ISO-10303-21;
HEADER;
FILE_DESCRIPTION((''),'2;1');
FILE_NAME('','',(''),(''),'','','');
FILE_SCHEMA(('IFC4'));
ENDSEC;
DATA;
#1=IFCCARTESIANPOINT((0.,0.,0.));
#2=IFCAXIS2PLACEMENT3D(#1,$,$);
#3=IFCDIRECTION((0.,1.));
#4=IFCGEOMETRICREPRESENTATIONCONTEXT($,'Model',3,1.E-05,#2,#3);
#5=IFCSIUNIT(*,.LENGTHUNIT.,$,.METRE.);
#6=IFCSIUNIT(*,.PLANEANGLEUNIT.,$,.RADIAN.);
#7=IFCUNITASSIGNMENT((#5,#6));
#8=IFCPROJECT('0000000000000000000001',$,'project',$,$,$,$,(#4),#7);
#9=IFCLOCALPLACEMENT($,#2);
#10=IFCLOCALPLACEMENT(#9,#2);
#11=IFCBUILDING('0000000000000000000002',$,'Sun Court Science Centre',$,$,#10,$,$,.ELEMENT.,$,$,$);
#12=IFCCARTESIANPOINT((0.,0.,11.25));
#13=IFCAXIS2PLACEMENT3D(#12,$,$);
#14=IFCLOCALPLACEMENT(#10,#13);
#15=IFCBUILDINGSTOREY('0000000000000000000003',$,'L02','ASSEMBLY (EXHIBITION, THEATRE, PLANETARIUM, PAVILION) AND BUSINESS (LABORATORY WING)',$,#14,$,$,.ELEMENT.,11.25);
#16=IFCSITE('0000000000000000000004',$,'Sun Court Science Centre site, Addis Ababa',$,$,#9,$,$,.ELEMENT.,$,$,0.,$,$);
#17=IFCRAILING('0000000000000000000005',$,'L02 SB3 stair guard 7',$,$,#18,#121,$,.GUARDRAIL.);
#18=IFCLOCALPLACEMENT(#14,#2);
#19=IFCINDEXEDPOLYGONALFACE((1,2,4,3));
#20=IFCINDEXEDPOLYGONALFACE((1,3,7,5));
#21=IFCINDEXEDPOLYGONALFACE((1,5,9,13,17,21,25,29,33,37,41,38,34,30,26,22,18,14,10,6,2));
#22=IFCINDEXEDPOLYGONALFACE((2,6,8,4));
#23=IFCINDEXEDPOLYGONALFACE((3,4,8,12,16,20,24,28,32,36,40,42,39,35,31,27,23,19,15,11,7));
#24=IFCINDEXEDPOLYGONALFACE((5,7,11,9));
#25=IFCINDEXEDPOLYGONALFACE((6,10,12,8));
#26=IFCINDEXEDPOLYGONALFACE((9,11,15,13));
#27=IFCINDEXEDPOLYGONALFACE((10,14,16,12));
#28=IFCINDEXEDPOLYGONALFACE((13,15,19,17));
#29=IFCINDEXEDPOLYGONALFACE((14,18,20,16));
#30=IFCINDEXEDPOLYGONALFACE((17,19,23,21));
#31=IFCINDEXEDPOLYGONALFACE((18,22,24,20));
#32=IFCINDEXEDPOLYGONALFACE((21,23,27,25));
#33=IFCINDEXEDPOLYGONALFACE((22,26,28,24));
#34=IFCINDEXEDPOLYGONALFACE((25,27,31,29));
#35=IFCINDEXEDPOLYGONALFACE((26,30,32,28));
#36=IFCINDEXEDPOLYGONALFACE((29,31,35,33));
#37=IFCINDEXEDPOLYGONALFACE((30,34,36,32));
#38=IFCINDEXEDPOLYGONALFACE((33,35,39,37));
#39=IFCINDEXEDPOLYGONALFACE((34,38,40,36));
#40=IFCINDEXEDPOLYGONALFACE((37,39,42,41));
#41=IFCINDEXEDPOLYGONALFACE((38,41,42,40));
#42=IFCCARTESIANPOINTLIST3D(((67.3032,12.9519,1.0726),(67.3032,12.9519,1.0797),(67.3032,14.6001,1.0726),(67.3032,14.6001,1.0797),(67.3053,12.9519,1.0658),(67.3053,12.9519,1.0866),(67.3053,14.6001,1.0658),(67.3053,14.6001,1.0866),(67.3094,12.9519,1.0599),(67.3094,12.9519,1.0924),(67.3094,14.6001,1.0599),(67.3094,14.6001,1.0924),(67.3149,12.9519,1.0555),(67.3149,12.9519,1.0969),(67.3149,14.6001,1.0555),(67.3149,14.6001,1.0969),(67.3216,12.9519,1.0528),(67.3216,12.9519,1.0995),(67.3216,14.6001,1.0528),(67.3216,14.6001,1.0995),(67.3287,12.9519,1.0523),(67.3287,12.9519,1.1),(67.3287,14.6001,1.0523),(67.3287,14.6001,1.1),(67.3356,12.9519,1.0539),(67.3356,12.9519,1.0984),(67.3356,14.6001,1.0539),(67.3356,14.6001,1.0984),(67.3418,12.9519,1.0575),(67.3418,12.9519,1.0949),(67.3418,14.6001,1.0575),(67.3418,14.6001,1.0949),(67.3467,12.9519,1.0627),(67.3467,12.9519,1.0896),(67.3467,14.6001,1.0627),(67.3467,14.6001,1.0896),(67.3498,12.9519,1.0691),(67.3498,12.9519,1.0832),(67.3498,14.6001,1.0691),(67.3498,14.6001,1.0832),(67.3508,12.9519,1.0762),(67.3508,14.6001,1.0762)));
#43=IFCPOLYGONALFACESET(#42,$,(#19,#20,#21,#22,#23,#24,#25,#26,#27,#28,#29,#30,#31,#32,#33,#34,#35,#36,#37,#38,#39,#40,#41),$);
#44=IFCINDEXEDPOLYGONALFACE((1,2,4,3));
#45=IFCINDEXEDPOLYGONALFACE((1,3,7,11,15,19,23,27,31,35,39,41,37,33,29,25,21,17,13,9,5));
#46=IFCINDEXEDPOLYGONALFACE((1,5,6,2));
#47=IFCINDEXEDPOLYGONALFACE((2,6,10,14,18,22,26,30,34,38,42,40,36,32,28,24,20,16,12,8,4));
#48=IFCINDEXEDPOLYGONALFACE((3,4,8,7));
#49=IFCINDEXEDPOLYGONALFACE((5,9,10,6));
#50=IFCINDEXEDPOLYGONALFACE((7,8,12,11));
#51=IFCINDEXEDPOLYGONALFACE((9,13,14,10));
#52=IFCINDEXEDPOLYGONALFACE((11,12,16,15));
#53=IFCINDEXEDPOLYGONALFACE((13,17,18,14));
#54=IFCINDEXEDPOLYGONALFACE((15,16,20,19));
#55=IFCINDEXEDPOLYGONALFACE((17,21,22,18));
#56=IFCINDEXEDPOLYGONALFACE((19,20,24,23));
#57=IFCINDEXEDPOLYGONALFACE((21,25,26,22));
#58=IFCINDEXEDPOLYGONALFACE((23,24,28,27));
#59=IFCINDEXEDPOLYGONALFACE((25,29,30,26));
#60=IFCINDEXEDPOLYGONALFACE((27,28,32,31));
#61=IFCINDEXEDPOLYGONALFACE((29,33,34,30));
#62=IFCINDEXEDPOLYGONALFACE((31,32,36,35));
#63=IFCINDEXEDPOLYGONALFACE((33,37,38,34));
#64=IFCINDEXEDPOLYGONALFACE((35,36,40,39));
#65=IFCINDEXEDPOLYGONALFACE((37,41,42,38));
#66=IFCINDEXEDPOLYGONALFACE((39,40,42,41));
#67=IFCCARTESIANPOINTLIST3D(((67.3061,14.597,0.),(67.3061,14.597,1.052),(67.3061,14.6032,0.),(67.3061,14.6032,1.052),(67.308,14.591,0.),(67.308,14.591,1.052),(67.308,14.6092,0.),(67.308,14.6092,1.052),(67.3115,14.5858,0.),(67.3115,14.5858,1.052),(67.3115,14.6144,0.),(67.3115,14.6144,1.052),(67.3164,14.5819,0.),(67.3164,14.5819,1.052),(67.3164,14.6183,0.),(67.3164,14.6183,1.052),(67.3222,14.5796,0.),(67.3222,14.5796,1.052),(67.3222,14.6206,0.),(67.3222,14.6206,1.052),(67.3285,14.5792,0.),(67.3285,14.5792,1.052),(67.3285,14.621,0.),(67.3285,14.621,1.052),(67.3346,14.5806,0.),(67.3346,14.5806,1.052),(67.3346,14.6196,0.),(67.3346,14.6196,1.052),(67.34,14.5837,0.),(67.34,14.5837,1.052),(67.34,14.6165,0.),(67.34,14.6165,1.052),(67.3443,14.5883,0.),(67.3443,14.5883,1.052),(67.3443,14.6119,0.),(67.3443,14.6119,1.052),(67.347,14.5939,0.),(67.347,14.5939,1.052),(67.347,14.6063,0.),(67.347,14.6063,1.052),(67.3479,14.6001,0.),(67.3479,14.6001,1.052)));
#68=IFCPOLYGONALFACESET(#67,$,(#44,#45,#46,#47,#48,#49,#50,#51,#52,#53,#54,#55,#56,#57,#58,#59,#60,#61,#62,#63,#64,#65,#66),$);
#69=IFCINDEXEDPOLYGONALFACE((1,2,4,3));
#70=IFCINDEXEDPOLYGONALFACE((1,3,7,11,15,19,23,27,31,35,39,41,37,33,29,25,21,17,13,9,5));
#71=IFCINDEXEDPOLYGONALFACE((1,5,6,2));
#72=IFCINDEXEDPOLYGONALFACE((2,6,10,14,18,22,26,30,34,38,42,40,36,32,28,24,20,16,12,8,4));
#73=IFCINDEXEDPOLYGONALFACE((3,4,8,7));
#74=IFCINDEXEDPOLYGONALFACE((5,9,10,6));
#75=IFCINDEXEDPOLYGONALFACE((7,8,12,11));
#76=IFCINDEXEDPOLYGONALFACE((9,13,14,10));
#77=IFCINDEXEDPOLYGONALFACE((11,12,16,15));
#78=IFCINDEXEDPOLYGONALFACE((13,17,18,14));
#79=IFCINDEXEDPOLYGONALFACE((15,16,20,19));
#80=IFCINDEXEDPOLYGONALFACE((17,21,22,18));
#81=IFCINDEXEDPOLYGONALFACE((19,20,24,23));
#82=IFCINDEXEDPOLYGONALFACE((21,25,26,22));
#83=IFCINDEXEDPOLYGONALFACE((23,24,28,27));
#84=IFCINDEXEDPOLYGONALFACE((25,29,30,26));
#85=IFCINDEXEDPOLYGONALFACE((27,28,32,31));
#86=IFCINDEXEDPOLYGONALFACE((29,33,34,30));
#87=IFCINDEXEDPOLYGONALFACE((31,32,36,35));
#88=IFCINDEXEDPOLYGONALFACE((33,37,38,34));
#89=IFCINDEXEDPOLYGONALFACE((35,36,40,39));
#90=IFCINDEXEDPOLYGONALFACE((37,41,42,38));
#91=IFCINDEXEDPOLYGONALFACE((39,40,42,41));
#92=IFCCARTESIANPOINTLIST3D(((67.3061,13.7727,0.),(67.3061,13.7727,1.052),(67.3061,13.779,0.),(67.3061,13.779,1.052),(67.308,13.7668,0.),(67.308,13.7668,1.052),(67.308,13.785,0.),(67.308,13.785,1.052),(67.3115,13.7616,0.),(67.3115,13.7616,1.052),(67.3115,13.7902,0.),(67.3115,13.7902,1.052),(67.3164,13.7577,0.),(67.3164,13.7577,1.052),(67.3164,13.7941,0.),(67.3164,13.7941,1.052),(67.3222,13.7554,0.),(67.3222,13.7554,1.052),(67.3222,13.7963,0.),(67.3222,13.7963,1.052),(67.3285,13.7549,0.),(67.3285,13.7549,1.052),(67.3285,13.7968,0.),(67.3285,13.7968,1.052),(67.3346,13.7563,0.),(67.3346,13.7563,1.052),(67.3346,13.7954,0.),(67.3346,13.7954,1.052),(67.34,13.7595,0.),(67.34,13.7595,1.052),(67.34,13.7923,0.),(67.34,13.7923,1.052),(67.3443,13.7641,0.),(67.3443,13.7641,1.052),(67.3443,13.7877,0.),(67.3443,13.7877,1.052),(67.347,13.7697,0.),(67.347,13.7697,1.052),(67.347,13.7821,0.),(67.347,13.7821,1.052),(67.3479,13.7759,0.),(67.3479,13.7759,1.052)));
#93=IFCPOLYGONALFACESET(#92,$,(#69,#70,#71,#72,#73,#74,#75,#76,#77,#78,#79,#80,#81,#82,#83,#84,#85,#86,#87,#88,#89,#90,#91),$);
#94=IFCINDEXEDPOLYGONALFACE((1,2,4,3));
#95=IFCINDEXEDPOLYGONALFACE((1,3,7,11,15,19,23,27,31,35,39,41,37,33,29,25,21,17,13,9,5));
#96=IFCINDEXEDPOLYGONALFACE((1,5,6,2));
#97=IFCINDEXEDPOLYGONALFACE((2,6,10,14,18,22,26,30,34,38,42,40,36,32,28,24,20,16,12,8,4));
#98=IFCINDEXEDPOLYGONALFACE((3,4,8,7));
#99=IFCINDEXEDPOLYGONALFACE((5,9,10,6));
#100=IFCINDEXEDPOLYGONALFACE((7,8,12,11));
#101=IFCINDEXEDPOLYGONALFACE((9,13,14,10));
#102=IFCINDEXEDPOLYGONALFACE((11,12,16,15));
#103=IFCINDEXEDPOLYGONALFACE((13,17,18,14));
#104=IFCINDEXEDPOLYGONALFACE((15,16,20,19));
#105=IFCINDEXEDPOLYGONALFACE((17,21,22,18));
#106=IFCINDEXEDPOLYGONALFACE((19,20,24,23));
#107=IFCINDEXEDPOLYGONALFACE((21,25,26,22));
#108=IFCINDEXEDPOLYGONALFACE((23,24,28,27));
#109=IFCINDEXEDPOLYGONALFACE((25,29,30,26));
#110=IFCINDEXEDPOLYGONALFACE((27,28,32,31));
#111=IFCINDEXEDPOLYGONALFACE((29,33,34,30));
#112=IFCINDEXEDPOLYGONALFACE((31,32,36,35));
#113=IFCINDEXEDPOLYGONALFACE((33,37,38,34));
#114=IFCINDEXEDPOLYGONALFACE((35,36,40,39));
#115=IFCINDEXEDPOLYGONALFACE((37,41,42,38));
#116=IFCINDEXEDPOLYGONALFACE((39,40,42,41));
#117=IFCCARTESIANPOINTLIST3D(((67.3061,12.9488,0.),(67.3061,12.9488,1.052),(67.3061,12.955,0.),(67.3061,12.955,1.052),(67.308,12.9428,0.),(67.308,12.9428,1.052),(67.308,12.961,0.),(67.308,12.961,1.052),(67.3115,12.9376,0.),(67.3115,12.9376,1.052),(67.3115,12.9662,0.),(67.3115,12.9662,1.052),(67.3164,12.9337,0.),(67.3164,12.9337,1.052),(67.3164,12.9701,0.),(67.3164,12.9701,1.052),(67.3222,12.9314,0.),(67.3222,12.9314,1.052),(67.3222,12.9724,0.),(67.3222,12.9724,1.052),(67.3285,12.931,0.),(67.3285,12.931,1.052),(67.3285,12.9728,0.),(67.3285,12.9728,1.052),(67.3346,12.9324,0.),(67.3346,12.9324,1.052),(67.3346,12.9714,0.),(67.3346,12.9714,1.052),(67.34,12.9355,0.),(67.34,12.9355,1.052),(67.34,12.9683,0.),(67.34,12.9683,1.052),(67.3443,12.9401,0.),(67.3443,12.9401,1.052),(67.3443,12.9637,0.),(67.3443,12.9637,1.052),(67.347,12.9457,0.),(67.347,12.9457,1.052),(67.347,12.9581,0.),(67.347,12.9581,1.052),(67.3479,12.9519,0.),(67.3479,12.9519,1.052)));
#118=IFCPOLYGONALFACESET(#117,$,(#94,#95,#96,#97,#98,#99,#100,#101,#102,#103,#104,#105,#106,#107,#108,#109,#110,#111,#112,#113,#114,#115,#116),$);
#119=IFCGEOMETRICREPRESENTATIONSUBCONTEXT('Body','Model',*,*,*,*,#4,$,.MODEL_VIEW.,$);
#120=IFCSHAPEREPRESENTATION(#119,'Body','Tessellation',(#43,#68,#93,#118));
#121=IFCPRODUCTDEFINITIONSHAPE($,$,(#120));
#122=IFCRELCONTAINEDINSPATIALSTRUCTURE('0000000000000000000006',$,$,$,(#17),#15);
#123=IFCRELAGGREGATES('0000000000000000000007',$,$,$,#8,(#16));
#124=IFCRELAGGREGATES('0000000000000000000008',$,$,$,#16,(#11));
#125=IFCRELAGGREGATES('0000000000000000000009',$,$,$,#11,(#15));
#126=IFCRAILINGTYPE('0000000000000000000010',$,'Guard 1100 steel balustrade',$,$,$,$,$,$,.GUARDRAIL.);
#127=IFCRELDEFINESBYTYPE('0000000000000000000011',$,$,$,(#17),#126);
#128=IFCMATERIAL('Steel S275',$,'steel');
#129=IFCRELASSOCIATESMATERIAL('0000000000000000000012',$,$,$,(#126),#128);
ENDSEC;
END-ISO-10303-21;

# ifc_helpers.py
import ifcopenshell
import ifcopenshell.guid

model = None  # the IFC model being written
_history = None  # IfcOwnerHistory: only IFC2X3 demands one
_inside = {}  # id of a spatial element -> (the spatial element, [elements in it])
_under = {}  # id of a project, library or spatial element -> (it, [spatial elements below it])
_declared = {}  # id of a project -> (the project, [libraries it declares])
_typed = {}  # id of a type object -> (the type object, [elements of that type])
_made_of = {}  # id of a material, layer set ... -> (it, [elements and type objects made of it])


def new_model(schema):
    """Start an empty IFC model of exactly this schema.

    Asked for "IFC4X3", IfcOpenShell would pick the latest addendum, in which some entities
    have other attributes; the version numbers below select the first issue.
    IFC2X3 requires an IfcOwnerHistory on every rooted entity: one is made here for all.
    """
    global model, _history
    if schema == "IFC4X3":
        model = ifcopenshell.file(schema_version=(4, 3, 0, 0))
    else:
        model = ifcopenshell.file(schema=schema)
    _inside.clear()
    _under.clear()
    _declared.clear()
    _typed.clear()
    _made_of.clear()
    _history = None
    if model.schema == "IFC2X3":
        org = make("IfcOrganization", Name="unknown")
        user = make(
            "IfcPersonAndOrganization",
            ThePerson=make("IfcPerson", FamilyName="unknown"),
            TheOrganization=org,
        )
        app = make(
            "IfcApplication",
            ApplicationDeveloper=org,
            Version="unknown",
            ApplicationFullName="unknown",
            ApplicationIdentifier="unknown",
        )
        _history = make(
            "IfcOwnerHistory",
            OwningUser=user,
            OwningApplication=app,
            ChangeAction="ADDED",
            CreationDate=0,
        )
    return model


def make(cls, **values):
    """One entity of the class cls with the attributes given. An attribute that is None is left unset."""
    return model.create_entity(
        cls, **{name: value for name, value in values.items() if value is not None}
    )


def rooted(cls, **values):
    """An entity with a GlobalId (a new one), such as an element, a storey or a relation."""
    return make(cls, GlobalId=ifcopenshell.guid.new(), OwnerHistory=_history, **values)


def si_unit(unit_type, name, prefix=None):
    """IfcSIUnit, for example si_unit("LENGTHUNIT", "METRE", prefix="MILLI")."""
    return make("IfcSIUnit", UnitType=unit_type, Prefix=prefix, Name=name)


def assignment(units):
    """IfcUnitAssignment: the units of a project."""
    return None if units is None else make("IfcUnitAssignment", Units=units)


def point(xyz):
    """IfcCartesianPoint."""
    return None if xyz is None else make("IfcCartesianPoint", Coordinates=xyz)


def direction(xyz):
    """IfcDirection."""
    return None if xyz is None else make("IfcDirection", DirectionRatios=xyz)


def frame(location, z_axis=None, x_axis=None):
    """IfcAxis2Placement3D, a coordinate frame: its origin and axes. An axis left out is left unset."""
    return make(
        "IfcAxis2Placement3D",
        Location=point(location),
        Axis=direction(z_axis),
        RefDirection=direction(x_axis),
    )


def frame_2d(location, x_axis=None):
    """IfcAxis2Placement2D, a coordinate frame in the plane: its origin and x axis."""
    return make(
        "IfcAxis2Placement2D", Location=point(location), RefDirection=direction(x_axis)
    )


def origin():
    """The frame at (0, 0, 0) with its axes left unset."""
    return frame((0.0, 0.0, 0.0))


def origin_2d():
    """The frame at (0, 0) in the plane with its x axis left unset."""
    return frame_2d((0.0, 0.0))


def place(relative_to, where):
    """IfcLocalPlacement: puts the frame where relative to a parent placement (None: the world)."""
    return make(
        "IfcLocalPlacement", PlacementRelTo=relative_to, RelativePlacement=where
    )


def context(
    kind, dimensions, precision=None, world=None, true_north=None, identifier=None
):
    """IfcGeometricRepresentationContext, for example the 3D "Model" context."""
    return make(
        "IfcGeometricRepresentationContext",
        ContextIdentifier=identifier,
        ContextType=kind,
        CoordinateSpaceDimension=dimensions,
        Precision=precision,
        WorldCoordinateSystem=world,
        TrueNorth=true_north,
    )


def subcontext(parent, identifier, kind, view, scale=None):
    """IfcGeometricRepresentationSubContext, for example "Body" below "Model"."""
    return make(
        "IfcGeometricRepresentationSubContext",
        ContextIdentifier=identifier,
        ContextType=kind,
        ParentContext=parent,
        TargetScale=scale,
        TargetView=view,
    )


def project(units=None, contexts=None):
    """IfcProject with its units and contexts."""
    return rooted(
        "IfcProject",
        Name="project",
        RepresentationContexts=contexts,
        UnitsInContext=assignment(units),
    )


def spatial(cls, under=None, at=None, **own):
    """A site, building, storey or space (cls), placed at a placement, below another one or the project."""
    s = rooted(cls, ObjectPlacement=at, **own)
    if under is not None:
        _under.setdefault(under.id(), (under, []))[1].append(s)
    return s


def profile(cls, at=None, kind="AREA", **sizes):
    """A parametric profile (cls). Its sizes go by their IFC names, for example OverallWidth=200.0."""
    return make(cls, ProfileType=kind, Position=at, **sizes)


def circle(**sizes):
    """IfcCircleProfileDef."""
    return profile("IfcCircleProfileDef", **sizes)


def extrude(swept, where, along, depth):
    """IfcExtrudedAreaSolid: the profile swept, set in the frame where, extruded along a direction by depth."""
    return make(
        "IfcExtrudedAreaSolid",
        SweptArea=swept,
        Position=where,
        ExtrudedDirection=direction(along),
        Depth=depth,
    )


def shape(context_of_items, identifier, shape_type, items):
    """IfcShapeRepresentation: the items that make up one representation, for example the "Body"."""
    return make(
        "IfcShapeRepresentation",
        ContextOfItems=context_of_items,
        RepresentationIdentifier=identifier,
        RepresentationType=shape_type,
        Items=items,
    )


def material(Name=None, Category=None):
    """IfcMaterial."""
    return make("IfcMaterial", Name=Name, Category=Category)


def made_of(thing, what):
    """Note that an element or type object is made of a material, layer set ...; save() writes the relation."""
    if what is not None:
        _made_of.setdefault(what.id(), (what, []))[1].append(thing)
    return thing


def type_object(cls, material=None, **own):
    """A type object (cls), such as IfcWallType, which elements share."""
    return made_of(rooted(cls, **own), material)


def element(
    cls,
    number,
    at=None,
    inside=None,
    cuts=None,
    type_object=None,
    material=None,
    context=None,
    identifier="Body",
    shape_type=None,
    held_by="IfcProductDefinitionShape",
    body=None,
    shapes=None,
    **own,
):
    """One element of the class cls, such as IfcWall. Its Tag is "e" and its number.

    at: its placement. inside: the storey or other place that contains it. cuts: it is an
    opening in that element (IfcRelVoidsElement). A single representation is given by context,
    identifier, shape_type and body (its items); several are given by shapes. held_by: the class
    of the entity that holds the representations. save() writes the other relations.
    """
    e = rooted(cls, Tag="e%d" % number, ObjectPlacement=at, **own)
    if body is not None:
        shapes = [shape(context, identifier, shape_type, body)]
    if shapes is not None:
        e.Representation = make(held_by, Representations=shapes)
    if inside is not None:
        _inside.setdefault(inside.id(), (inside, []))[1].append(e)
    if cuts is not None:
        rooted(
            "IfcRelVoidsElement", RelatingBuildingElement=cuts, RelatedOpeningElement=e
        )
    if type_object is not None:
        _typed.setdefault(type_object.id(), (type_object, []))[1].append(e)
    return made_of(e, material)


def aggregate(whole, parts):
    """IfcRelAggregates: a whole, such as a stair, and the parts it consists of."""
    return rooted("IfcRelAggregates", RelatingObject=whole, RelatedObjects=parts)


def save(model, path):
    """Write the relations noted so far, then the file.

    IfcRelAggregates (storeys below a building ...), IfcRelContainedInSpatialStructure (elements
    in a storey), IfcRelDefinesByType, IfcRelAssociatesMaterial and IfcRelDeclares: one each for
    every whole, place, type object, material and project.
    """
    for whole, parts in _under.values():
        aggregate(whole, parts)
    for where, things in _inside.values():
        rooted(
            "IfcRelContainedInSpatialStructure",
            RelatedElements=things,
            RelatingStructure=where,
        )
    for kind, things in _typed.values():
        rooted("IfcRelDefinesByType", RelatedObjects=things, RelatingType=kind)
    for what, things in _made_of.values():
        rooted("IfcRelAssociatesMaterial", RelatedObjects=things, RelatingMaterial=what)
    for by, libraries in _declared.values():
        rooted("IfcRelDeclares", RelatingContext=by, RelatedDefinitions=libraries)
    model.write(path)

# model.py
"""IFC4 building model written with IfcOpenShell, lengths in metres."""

from ifc_helpers import new_model, si_unit, direction, frame, origin, origin_2d, place, context, subcontext, project, spatial, circle, extrude, material, type_object, element, save


model = new_model("IFC4")

# Units and contexts
model_context = context("Model", 3, precision=1e-05, world=origin(), true_north=direction((0.0, 1.0)))
body_context = subcontext(model_context, "Body", "Model", "MODEL_VIEW")
ifc_project = project(units=[si_unit("LENGTHUNIT", "METRE"), si_unit("PLANEANGLEUNIT", "RADIAN")], contexts=[model_context])

# Site, building, storey
site_placement = place(None, origin())
site = spatial("IfcSite", under=ifc_project, at=site_placement, Name="Sun Court Science Centre site, Addis Ababa", CompositionType="ELEMENT", RefElevation=0.0)
building_placement = place(site_placement, origin())
building = spatial("IfcBuilding", under=site, at=building_placement, Name="Sun Court Science Centre", CompositionType="ELEMENT")
storey_placement = place(building_placement, frame((0.0, 0.0, 11.25)))
storey = spatial("IfcBuildingStorey", under=building, at=storey_placement, Name="L02", Description="ASSEMBLY (EXHIBITION, THEATRE, PLANETARIUM, PAVILION) AND BUSINESS (LABORATORY WING)", CompositionType="ELEMENT", Elevation=11.25)

# Railing
ifc_material_1 = material(Name="Steel S275", Category="steel")
railing_type_1 = type_object("IfcRailingType", Name="Guard 1100 steel balustrade", PredefinedType="GUARDRAIL", material=ifc_material_1)
railing_1_placement = place(storey_placement, frame((67.3269, 14.6001, 0.0)))
element("IfcRailing", 1, at=railing_1_placement, inside=storey, type_object=railing_type_1, Name="L02 SB3 stair guard 7", PredefinedType="GUARDRAIL", context=body_context, shape_type="SweptSolid", body=[
    extrude(circle(Radius=0.0239, at=origin_2d()), frame((0.0, 0.0, 1.0762), z_axis=(0.0, -1.0, 0.0), x_axis=(1.0, 0.0, 0.0)), (0.0, 0.0, 1.0), 1.6482),
    extrude(circle(Radius=0.021, at=origin_2d()), origin(), (0.0, 0.0, 1.0), 1.052),
    extrude(circle(Radius=0.021, at=origin_2d()), frame((0.0, -0.8242, 0.0)), (0.0, 0.0, 1.0), 1.052),
    extrude(circle(Radius=0.021, at=origin_2d()), frame((0.0, -1.6482, 0.0)), (0.0, 0.0, 1.0), 1.052),
])

save(model, "model.ifc")
